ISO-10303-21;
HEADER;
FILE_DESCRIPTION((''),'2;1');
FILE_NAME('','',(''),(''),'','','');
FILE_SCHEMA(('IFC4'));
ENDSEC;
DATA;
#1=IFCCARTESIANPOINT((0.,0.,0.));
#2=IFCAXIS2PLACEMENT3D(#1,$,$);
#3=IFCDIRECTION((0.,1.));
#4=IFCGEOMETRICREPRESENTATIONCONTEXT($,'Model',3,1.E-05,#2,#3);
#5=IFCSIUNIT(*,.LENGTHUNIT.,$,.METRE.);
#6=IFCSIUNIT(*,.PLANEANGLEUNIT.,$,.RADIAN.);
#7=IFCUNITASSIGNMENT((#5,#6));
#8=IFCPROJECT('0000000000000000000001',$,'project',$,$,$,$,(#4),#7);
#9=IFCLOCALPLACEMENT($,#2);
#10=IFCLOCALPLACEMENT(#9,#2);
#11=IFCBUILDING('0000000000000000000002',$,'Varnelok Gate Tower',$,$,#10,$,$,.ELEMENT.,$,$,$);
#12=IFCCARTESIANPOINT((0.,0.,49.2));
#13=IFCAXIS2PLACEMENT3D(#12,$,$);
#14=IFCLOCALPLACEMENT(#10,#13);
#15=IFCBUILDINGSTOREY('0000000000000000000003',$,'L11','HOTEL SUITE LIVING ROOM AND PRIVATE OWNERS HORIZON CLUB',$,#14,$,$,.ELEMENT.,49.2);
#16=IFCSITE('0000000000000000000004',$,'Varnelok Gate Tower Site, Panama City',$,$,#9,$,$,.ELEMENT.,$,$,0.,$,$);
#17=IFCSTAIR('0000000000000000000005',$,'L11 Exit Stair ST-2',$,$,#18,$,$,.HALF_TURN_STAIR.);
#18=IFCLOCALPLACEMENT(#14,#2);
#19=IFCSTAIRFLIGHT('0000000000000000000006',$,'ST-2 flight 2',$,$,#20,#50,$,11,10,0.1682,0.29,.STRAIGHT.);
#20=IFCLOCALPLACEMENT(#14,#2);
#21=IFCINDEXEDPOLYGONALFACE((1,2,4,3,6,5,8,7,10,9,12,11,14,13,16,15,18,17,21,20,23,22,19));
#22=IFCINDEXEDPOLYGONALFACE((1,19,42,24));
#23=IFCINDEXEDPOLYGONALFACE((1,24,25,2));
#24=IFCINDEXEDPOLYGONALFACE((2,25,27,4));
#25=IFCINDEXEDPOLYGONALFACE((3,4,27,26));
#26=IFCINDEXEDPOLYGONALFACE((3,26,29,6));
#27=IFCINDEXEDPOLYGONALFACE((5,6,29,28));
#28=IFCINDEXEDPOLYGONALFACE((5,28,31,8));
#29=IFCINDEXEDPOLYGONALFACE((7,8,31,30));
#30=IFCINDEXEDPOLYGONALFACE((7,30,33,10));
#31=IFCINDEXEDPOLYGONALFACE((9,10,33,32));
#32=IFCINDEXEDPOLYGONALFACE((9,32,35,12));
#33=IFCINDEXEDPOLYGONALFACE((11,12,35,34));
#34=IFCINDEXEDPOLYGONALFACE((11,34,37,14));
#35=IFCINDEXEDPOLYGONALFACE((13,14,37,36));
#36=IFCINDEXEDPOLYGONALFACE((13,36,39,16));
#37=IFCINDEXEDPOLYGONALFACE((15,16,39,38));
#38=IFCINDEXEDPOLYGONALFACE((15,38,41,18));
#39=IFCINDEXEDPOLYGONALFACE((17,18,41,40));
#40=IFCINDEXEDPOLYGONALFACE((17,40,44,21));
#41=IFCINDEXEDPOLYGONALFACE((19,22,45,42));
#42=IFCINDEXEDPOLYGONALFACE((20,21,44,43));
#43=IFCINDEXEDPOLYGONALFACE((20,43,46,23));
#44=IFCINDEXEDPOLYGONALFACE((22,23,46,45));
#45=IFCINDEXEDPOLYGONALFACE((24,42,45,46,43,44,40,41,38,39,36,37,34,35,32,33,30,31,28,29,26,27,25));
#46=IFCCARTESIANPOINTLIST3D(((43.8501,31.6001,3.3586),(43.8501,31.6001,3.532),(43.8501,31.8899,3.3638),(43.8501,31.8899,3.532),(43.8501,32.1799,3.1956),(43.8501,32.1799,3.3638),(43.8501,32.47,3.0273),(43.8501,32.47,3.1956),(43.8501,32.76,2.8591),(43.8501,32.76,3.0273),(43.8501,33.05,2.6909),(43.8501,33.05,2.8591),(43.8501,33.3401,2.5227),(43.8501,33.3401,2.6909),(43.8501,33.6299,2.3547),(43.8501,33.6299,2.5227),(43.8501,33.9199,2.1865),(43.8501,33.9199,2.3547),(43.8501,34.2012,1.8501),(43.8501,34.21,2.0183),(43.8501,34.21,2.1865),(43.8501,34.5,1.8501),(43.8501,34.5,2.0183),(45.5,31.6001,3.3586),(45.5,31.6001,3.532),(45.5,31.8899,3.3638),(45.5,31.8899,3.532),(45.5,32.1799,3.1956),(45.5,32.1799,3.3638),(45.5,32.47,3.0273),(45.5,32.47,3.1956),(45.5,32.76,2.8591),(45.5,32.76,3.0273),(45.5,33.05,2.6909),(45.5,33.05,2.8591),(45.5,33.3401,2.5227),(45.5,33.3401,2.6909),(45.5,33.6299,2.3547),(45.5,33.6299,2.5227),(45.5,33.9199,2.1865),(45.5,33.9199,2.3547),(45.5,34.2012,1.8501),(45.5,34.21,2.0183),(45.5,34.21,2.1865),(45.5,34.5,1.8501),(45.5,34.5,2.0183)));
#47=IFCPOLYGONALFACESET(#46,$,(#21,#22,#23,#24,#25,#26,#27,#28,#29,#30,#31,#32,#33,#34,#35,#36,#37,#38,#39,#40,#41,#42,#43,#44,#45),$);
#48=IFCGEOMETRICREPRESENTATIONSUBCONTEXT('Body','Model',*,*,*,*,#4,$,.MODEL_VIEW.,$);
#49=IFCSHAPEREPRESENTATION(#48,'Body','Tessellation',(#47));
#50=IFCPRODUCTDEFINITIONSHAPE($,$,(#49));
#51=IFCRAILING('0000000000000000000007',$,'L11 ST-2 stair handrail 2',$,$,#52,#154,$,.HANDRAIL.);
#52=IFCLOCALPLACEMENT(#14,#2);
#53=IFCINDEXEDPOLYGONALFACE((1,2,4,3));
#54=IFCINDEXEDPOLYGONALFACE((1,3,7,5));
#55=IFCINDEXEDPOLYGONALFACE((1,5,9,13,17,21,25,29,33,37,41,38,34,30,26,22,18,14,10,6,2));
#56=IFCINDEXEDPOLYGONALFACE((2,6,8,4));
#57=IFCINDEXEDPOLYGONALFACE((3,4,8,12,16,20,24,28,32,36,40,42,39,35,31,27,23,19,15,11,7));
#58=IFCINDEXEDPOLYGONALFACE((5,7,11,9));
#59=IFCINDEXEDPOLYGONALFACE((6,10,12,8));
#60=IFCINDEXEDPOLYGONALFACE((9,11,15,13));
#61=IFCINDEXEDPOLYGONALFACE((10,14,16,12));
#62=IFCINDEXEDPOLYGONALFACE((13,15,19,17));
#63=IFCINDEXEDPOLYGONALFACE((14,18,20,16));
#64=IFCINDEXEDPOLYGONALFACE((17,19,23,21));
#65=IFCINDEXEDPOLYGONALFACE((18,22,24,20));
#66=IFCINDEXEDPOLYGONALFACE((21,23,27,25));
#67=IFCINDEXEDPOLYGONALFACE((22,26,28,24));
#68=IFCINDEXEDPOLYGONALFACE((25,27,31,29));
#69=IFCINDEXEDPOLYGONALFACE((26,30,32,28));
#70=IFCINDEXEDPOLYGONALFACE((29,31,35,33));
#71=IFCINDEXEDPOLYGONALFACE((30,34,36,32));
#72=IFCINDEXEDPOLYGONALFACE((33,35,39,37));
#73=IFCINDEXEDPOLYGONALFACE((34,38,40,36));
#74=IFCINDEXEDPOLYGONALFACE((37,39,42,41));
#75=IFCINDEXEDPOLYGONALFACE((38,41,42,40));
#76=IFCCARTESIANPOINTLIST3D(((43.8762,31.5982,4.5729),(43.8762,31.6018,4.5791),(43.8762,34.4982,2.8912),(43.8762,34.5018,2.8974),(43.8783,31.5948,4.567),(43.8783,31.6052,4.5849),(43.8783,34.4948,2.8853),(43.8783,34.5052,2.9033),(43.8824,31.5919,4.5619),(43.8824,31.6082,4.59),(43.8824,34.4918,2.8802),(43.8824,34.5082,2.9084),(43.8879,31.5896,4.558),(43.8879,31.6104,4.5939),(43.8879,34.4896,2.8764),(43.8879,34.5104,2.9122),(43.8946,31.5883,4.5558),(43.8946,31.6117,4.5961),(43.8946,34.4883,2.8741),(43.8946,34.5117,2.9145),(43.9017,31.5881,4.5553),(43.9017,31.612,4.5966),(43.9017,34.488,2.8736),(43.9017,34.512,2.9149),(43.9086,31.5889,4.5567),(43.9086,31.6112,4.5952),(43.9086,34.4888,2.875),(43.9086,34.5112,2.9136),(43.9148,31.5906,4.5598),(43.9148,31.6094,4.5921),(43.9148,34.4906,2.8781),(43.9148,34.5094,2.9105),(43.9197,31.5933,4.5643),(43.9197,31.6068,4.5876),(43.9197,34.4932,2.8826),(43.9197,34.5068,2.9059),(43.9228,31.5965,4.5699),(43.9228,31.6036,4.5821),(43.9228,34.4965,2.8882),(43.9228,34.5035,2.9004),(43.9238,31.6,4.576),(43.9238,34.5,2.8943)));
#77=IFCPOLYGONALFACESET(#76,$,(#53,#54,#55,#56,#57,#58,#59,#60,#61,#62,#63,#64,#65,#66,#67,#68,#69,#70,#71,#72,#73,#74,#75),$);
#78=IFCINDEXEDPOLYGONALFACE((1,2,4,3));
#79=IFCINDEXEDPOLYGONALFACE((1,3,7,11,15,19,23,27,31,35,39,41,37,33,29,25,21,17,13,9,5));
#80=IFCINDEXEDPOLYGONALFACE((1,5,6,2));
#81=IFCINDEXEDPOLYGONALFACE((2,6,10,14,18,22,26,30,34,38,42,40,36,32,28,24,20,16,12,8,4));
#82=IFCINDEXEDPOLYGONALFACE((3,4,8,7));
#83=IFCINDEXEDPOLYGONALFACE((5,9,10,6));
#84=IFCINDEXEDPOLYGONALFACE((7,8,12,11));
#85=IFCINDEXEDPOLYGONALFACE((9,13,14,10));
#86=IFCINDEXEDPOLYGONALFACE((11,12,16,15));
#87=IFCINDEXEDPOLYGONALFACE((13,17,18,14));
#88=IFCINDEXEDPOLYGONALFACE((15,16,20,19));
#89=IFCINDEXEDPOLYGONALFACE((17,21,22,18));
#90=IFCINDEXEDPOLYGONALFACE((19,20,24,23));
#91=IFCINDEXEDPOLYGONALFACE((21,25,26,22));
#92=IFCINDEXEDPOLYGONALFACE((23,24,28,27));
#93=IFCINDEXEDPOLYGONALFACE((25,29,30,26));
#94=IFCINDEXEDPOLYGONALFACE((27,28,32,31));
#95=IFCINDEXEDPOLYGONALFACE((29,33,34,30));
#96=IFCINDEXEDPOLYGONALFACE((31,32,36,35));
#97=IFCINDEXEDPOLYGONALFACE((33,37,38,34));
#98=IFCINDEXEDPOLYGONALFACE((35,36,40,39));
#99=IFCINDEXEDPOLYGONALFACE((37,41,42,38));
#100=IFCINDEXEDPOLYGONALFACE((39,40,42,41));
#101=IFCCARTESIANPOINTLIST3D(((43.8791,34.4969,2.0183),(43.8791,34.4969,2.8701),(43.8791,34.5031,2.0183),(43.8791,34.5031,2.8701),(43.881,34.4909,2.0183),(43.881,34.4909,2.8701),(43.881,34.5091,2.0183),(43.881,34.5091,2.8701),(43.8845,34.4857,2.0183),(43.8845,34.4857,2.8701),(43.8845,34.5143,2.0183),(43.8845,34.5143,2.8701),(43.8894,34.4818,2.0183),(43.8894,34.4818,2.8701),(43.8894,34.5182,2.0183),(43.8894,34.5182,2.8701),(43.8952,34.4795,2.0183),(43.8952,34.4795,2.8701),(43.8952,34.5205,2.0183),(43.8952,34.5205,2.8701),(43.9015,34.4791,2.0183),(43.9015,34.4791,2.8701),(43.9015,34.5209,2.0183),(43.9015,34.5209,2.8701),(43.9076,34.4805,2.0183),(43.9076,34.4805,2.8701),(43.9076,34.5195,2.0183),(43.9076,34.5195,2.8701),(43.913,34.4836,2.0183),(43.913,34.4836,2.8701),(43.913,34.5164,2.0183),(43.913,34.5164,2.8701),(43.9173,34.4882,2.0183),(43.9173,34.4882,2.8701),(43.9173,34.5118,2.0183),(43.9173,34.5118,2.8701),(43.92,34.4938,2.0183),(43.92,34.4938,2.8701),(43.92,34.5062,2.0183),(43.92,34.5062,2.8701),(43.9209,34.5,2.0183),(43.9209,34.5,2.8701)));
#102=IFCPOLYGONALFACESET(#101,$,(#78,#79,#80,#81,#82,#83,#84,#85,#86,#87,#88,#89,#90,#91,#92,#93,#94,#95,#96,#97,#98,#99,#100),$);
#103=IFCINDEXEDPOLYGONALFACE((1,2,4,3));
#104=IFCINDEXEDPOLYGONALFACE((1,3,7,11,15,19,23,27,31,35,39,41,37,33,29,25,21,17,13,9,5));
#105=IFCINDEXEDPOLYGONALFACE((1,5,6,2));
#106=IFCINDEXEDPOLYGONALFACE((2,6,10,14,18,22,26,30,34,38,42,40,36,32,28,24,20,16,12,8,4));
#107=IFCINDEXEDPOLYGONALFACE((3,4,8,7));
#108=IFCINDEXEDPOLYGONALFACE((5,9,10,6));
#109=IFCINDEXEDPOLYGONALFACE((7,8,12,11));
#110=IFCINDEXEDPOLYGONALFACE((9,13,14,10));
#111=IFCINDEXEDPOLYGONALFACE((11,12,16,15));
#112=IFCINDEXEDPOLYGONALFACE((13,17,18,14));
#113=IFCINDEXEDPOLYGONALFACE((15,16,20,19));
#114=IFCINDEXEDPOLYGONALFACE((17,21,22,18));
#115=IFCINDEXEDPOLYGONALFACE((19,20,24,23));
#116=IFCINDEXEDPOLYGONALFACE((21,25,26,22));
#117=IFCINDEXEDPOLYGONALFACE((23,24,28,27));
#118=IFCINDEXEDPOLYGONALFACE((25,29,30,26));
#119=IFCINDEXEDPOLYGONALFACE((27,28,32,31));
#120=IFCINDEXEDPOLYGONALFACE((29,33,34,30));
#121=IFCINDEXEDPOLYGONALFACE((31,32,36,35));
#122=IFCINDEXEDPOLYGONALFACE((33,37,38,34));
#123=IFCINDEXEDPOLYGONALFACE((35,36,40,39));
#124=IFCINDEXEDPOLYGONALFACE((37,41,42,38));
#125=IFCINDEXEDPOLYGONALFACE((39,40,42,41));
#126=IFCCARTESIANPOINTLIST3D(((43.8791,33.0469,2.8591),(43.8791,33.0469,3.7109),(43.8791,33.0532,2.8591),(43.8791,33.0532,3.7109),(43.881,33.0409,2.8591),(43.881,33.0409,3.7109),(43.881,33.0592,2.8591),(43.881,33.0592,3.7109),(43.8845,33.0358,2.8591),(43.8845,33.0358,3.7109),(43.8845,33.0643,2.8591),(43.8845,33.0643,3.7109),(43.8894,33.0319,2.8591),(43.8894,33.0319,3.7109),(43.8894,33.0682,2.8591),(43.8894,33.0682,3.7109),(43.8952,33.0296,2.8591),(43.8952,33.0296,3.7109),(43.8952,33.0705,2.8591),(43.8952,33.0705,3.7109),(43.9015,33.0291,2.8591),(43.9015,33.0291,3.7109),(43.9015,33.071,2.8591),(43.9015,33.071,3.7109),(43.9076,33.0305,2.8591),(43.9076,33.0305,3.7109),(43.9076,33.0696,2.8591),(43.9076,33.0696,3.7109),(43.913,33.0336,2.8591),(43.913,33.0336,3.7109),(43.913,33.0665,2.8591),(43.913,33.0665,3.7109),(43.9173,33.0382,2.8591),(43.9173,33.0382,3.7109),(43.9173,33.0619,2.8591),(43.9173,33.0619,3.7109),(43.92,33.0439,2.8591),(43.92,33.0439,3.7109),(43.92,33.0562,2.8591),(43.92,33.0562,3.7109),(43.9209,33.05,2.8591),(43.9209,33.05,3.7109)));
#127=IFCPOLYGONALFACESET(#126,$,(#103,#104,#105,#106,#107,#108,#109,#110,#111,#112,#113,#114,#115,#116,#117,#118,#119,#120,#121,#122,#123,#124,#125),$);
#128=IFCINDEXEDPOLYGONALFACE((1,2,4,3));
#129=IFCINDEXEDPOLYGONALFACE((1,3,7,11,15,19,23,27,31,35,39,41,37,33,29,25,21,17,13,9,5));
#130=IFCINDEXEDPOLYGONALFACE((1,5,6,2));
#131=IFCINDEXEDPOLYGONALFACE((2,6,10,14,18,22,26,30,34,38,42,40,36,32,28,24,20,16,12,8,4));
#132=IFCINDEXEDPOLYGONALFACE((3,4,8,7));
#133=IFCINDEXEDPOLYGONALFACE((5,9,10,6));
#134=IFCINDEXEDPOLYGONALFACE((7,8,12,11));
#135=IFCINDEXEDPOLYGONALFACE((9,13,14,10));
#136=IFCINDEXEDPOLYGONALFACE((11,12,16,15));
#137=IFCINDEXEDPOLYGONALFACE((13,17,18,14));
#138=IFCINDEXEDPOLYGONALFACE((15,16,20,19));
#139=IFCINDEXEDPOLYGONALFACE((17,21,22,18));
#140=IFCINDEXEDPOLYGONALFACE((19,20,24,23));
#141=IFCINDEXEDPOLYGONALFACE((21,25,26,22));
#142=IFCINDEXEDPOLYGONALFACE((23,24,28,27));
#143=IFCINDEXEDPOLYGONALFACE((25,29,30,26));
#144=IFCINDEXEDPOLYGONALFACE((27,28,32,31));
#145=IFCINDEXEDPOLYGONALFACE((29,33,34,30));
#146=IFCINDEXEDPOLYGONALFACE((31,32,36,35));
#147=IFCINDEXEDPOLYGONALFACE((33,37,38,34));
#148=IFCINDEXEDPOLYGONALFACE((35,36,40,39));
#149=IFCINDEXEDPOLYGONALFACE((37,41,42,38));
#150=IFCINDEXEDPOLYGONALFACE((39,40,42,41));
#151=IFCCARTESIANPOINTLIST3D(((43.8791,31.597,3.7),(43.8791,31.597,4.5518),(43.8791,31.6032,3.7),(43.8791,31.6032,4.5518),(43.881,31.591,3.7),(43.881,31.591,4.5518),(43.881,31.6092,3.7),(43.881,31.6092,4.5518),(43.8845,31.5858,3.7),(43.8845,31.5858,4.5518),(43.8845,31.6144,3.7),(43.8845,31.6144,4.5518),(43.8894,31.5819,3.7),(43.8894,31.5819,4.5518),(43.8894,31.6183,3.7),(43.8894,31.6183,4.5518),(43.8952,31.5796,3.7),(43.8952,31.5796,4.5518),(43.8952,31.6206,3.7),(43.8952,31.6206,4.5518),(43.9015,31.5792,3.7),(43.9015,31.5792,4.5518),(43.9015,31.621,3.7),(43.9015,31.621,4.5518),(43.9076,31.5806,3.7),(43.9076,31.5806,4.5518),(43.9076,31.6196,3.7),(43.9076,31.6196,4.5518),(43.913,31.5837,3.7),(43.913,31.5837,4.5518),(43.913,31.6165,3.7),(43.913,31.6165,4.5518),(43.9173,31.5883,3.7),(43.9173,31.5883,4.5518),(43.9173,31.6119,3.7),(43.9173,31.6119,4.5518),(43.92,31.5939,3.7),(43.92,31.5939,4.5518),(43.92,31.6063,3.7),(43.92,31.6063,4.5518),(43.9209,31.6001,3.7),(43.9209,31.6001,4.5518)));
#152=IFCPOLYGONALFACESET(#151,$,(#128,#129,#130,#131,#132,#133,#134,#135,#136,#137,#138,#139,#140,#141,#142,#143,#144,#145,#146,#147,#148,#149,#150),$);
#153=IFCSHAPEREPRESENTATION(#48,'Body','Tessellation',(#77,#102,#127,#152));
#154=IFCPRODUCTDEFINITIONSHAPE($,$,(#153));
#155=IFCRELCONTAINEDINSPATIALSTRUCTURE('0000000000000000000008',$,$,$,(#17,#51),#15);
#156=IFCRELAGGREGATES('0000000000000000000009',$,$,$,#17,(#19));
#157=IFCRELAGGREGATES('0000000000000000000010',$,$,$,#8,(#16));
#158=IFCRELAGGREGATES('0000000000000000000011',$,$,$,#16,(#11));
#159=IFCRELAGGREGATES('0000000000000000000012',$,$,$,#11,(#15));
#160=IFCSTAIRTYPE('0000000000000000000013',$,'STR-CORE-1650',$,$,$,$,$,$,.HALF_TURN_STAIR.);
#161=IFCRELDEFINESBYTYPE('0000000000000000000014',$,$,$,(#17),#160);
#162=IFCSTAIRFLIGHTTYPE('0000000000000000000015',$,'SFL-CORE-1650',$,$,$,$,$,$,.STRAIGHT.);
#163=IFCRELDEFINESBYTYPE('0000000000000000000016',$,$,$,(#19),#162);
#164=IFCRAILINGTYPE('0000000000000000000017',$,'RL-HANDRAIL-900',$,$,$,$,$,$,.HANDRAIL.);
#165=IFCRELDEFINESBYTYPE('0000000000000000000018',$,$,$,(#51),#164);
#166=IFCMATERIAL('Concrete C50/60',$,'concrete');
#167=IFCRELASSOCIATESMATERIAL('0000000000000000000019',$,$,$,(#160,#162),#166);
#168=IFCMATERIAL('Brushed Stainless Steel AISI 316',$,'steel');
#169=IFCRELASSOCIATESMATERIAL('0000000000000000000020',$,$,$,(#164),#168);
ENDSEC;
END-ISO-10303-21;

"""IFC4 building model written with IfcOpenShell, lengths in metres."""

from ifc_helpers import new_model, si_unit, direction, frame, origin, origin_2d, place, context, subcontext, project, spatial, polyline, circle, outline, extrude, material, type_object, element, aggregate, save


model = new_model("IFC4")

# Units and contexts
model_context = context("Model", 3, precision=1e-05, world=origin(), true_north=direction((0.0, 1.0)))
body_context = subcontext(model_context, "Body", "Model", "MODEL_VIEW")
ifc_project = project(units=[si_unit("LENGTHUNIT", "METRE"), si_unit("PLANEANGLEUNIT", "RADIAN")], contexts=[model_context])

# Site, building, storey
site_placement = place(None, origin())
site = spatial("IfcSite", under=ifc_project, at=site_placement, Name="Varnelok Gate Tower Site, Panama City", CompositionType="ELEMENT", RefElevation=0.0)
building_placement = place(site_placement, origin())
building = spatial("IfcBuilding", under=site, at=building_placement, Name="Varnelok Gate Tower", CompositionType="ELEMENT")
storey_placement = place(building_placement, frame((0.0, 0.0, 49.2)))
storey = spatial("IfcBuildingStorey", under=building, at=storey_placement, Name="L11", Description="HOTEL SUITE LIVING ROOM AND PRIVATE OWNERS HORIZON CLUB", CompositionType="ELEMENT", Elevation=49.2)

# Stair, stair flight
ifc_material_1 = material(Name="Concrete C50/60", Category="concrete")
stair_type = type_object("IfcStairType", Name="STR-CORE-1650", PredefinedType="HALF_TURN_STAIR", material=ifc_material_1)
stair_placement = place(storey_placement, origin())
stair = element("IfcStair", 1, at=stair_placement, inside=storey, type_object=stair_type, Name="L11 Exit Stair ST-2", PredefinedType="HALF_TURN_STAIR")
stair_flight_type = type_object("IfcStairFlightType", Name="SFL-CORE-1650", PredefinedType="STRAIGHT", material=ifc_material_1)
stair_flight_placement = place(storey_placement, frame((44.675, 34.5, 1.8501), z_axis=(0.0, 0.0, 1.0), x_axis=(0.0, -1.0, 0.0)))
stair_flight = element("IfcStairFlight", 2, at=stair_flight_placement, type_object=stair_flight_type, Name="ST-2 flight 2", NumberOfRisers=11, NumberOfTreads=10, PredefinedType="STRAIGHT", RiserHeight=0.1682, TreadLength=0.29, context=body_context, shape_type="SweptSolid", body=[
    extrude(outline(polyline([(0.0, 0.0), (0.0, 0.1682), (0.29, 0.1682), (0.29, 0.3364), (0.5801, 0.3364), (0.5801, 0.5046), (0.8701, 0.5046), (0.8701, 0.6726), (1.1599, 0.6726), (1.1599, 0.8408), (1.45, 0.8408), (1.45, 1.009), (1.74, 1.009), (1.74, 1.1772), (2.03, 1.1772), (2.03, 1.3455), (2.3201, 1.3455), (2.3201, 1.5137), (2.6101, 1.5137), (2.6101, 1.6819), (2.8999, 1.6819), (2.8999, 1.8501), (2.8999, 1.5085), (0.2988, 0.0), (0.0, 0.0)])), frame((0.0, 0.825, 0.0), z_axis=(0.0, -1.0, 0.0), x_axis=(1.0, 0.0, 0.0)), (0.0, 0.0, 1.0), 1.6499),
])
aggregate(stair, [stair_flight])

# Railing
ifc_material_2 = material(Name="Brushed Stainless Steel AISI 316", Category="steel")
railing_type_1 = type_object("IfcRailingType", Name="RL-HANDRAIL-900", PredefinedType="HANDRAIL", material=ifc_material_2)
railing_1_placement = place(storey_placement, frame((43.8999, 34.5, 2.0183)))
element("IfcRailing", 3, at=railing_1_placement, inside=storey, type_object=railing_type_1, Name="L11 ST-2 stair handrail 2", PredefinedType="HANDRAIL", context=body_context, shape_type="SweptSolid", body=[
    extrude(circle(Radius=0.0239, at=origin_2d()), frame((0.0, 0.0, 0.876), z_axis=(0.0, -0.86507, 0.501651), x_axis=(1.0, 0.0, 0.0)), (0.0, 0.0, 1.0), 3.3523),
    extrude(circle(Radius=0.021, at=origin_2d()), origin(), (0.0, 0.0, 1.0), 0.8518),
    extrude(circle(Radius=0.021, at=origin_2d()), frame((0.0, -1.45, 0.8408)), (0.0, 0.0, 1.0), 0.8518),
    extrude(circle(Radius=0.021, at=origin_2d()), frame((0.0, -2.8999, 1.6816)), (0.0, 0.0, 1.0), 0.8518),
])

save(model, "model.ifc")
